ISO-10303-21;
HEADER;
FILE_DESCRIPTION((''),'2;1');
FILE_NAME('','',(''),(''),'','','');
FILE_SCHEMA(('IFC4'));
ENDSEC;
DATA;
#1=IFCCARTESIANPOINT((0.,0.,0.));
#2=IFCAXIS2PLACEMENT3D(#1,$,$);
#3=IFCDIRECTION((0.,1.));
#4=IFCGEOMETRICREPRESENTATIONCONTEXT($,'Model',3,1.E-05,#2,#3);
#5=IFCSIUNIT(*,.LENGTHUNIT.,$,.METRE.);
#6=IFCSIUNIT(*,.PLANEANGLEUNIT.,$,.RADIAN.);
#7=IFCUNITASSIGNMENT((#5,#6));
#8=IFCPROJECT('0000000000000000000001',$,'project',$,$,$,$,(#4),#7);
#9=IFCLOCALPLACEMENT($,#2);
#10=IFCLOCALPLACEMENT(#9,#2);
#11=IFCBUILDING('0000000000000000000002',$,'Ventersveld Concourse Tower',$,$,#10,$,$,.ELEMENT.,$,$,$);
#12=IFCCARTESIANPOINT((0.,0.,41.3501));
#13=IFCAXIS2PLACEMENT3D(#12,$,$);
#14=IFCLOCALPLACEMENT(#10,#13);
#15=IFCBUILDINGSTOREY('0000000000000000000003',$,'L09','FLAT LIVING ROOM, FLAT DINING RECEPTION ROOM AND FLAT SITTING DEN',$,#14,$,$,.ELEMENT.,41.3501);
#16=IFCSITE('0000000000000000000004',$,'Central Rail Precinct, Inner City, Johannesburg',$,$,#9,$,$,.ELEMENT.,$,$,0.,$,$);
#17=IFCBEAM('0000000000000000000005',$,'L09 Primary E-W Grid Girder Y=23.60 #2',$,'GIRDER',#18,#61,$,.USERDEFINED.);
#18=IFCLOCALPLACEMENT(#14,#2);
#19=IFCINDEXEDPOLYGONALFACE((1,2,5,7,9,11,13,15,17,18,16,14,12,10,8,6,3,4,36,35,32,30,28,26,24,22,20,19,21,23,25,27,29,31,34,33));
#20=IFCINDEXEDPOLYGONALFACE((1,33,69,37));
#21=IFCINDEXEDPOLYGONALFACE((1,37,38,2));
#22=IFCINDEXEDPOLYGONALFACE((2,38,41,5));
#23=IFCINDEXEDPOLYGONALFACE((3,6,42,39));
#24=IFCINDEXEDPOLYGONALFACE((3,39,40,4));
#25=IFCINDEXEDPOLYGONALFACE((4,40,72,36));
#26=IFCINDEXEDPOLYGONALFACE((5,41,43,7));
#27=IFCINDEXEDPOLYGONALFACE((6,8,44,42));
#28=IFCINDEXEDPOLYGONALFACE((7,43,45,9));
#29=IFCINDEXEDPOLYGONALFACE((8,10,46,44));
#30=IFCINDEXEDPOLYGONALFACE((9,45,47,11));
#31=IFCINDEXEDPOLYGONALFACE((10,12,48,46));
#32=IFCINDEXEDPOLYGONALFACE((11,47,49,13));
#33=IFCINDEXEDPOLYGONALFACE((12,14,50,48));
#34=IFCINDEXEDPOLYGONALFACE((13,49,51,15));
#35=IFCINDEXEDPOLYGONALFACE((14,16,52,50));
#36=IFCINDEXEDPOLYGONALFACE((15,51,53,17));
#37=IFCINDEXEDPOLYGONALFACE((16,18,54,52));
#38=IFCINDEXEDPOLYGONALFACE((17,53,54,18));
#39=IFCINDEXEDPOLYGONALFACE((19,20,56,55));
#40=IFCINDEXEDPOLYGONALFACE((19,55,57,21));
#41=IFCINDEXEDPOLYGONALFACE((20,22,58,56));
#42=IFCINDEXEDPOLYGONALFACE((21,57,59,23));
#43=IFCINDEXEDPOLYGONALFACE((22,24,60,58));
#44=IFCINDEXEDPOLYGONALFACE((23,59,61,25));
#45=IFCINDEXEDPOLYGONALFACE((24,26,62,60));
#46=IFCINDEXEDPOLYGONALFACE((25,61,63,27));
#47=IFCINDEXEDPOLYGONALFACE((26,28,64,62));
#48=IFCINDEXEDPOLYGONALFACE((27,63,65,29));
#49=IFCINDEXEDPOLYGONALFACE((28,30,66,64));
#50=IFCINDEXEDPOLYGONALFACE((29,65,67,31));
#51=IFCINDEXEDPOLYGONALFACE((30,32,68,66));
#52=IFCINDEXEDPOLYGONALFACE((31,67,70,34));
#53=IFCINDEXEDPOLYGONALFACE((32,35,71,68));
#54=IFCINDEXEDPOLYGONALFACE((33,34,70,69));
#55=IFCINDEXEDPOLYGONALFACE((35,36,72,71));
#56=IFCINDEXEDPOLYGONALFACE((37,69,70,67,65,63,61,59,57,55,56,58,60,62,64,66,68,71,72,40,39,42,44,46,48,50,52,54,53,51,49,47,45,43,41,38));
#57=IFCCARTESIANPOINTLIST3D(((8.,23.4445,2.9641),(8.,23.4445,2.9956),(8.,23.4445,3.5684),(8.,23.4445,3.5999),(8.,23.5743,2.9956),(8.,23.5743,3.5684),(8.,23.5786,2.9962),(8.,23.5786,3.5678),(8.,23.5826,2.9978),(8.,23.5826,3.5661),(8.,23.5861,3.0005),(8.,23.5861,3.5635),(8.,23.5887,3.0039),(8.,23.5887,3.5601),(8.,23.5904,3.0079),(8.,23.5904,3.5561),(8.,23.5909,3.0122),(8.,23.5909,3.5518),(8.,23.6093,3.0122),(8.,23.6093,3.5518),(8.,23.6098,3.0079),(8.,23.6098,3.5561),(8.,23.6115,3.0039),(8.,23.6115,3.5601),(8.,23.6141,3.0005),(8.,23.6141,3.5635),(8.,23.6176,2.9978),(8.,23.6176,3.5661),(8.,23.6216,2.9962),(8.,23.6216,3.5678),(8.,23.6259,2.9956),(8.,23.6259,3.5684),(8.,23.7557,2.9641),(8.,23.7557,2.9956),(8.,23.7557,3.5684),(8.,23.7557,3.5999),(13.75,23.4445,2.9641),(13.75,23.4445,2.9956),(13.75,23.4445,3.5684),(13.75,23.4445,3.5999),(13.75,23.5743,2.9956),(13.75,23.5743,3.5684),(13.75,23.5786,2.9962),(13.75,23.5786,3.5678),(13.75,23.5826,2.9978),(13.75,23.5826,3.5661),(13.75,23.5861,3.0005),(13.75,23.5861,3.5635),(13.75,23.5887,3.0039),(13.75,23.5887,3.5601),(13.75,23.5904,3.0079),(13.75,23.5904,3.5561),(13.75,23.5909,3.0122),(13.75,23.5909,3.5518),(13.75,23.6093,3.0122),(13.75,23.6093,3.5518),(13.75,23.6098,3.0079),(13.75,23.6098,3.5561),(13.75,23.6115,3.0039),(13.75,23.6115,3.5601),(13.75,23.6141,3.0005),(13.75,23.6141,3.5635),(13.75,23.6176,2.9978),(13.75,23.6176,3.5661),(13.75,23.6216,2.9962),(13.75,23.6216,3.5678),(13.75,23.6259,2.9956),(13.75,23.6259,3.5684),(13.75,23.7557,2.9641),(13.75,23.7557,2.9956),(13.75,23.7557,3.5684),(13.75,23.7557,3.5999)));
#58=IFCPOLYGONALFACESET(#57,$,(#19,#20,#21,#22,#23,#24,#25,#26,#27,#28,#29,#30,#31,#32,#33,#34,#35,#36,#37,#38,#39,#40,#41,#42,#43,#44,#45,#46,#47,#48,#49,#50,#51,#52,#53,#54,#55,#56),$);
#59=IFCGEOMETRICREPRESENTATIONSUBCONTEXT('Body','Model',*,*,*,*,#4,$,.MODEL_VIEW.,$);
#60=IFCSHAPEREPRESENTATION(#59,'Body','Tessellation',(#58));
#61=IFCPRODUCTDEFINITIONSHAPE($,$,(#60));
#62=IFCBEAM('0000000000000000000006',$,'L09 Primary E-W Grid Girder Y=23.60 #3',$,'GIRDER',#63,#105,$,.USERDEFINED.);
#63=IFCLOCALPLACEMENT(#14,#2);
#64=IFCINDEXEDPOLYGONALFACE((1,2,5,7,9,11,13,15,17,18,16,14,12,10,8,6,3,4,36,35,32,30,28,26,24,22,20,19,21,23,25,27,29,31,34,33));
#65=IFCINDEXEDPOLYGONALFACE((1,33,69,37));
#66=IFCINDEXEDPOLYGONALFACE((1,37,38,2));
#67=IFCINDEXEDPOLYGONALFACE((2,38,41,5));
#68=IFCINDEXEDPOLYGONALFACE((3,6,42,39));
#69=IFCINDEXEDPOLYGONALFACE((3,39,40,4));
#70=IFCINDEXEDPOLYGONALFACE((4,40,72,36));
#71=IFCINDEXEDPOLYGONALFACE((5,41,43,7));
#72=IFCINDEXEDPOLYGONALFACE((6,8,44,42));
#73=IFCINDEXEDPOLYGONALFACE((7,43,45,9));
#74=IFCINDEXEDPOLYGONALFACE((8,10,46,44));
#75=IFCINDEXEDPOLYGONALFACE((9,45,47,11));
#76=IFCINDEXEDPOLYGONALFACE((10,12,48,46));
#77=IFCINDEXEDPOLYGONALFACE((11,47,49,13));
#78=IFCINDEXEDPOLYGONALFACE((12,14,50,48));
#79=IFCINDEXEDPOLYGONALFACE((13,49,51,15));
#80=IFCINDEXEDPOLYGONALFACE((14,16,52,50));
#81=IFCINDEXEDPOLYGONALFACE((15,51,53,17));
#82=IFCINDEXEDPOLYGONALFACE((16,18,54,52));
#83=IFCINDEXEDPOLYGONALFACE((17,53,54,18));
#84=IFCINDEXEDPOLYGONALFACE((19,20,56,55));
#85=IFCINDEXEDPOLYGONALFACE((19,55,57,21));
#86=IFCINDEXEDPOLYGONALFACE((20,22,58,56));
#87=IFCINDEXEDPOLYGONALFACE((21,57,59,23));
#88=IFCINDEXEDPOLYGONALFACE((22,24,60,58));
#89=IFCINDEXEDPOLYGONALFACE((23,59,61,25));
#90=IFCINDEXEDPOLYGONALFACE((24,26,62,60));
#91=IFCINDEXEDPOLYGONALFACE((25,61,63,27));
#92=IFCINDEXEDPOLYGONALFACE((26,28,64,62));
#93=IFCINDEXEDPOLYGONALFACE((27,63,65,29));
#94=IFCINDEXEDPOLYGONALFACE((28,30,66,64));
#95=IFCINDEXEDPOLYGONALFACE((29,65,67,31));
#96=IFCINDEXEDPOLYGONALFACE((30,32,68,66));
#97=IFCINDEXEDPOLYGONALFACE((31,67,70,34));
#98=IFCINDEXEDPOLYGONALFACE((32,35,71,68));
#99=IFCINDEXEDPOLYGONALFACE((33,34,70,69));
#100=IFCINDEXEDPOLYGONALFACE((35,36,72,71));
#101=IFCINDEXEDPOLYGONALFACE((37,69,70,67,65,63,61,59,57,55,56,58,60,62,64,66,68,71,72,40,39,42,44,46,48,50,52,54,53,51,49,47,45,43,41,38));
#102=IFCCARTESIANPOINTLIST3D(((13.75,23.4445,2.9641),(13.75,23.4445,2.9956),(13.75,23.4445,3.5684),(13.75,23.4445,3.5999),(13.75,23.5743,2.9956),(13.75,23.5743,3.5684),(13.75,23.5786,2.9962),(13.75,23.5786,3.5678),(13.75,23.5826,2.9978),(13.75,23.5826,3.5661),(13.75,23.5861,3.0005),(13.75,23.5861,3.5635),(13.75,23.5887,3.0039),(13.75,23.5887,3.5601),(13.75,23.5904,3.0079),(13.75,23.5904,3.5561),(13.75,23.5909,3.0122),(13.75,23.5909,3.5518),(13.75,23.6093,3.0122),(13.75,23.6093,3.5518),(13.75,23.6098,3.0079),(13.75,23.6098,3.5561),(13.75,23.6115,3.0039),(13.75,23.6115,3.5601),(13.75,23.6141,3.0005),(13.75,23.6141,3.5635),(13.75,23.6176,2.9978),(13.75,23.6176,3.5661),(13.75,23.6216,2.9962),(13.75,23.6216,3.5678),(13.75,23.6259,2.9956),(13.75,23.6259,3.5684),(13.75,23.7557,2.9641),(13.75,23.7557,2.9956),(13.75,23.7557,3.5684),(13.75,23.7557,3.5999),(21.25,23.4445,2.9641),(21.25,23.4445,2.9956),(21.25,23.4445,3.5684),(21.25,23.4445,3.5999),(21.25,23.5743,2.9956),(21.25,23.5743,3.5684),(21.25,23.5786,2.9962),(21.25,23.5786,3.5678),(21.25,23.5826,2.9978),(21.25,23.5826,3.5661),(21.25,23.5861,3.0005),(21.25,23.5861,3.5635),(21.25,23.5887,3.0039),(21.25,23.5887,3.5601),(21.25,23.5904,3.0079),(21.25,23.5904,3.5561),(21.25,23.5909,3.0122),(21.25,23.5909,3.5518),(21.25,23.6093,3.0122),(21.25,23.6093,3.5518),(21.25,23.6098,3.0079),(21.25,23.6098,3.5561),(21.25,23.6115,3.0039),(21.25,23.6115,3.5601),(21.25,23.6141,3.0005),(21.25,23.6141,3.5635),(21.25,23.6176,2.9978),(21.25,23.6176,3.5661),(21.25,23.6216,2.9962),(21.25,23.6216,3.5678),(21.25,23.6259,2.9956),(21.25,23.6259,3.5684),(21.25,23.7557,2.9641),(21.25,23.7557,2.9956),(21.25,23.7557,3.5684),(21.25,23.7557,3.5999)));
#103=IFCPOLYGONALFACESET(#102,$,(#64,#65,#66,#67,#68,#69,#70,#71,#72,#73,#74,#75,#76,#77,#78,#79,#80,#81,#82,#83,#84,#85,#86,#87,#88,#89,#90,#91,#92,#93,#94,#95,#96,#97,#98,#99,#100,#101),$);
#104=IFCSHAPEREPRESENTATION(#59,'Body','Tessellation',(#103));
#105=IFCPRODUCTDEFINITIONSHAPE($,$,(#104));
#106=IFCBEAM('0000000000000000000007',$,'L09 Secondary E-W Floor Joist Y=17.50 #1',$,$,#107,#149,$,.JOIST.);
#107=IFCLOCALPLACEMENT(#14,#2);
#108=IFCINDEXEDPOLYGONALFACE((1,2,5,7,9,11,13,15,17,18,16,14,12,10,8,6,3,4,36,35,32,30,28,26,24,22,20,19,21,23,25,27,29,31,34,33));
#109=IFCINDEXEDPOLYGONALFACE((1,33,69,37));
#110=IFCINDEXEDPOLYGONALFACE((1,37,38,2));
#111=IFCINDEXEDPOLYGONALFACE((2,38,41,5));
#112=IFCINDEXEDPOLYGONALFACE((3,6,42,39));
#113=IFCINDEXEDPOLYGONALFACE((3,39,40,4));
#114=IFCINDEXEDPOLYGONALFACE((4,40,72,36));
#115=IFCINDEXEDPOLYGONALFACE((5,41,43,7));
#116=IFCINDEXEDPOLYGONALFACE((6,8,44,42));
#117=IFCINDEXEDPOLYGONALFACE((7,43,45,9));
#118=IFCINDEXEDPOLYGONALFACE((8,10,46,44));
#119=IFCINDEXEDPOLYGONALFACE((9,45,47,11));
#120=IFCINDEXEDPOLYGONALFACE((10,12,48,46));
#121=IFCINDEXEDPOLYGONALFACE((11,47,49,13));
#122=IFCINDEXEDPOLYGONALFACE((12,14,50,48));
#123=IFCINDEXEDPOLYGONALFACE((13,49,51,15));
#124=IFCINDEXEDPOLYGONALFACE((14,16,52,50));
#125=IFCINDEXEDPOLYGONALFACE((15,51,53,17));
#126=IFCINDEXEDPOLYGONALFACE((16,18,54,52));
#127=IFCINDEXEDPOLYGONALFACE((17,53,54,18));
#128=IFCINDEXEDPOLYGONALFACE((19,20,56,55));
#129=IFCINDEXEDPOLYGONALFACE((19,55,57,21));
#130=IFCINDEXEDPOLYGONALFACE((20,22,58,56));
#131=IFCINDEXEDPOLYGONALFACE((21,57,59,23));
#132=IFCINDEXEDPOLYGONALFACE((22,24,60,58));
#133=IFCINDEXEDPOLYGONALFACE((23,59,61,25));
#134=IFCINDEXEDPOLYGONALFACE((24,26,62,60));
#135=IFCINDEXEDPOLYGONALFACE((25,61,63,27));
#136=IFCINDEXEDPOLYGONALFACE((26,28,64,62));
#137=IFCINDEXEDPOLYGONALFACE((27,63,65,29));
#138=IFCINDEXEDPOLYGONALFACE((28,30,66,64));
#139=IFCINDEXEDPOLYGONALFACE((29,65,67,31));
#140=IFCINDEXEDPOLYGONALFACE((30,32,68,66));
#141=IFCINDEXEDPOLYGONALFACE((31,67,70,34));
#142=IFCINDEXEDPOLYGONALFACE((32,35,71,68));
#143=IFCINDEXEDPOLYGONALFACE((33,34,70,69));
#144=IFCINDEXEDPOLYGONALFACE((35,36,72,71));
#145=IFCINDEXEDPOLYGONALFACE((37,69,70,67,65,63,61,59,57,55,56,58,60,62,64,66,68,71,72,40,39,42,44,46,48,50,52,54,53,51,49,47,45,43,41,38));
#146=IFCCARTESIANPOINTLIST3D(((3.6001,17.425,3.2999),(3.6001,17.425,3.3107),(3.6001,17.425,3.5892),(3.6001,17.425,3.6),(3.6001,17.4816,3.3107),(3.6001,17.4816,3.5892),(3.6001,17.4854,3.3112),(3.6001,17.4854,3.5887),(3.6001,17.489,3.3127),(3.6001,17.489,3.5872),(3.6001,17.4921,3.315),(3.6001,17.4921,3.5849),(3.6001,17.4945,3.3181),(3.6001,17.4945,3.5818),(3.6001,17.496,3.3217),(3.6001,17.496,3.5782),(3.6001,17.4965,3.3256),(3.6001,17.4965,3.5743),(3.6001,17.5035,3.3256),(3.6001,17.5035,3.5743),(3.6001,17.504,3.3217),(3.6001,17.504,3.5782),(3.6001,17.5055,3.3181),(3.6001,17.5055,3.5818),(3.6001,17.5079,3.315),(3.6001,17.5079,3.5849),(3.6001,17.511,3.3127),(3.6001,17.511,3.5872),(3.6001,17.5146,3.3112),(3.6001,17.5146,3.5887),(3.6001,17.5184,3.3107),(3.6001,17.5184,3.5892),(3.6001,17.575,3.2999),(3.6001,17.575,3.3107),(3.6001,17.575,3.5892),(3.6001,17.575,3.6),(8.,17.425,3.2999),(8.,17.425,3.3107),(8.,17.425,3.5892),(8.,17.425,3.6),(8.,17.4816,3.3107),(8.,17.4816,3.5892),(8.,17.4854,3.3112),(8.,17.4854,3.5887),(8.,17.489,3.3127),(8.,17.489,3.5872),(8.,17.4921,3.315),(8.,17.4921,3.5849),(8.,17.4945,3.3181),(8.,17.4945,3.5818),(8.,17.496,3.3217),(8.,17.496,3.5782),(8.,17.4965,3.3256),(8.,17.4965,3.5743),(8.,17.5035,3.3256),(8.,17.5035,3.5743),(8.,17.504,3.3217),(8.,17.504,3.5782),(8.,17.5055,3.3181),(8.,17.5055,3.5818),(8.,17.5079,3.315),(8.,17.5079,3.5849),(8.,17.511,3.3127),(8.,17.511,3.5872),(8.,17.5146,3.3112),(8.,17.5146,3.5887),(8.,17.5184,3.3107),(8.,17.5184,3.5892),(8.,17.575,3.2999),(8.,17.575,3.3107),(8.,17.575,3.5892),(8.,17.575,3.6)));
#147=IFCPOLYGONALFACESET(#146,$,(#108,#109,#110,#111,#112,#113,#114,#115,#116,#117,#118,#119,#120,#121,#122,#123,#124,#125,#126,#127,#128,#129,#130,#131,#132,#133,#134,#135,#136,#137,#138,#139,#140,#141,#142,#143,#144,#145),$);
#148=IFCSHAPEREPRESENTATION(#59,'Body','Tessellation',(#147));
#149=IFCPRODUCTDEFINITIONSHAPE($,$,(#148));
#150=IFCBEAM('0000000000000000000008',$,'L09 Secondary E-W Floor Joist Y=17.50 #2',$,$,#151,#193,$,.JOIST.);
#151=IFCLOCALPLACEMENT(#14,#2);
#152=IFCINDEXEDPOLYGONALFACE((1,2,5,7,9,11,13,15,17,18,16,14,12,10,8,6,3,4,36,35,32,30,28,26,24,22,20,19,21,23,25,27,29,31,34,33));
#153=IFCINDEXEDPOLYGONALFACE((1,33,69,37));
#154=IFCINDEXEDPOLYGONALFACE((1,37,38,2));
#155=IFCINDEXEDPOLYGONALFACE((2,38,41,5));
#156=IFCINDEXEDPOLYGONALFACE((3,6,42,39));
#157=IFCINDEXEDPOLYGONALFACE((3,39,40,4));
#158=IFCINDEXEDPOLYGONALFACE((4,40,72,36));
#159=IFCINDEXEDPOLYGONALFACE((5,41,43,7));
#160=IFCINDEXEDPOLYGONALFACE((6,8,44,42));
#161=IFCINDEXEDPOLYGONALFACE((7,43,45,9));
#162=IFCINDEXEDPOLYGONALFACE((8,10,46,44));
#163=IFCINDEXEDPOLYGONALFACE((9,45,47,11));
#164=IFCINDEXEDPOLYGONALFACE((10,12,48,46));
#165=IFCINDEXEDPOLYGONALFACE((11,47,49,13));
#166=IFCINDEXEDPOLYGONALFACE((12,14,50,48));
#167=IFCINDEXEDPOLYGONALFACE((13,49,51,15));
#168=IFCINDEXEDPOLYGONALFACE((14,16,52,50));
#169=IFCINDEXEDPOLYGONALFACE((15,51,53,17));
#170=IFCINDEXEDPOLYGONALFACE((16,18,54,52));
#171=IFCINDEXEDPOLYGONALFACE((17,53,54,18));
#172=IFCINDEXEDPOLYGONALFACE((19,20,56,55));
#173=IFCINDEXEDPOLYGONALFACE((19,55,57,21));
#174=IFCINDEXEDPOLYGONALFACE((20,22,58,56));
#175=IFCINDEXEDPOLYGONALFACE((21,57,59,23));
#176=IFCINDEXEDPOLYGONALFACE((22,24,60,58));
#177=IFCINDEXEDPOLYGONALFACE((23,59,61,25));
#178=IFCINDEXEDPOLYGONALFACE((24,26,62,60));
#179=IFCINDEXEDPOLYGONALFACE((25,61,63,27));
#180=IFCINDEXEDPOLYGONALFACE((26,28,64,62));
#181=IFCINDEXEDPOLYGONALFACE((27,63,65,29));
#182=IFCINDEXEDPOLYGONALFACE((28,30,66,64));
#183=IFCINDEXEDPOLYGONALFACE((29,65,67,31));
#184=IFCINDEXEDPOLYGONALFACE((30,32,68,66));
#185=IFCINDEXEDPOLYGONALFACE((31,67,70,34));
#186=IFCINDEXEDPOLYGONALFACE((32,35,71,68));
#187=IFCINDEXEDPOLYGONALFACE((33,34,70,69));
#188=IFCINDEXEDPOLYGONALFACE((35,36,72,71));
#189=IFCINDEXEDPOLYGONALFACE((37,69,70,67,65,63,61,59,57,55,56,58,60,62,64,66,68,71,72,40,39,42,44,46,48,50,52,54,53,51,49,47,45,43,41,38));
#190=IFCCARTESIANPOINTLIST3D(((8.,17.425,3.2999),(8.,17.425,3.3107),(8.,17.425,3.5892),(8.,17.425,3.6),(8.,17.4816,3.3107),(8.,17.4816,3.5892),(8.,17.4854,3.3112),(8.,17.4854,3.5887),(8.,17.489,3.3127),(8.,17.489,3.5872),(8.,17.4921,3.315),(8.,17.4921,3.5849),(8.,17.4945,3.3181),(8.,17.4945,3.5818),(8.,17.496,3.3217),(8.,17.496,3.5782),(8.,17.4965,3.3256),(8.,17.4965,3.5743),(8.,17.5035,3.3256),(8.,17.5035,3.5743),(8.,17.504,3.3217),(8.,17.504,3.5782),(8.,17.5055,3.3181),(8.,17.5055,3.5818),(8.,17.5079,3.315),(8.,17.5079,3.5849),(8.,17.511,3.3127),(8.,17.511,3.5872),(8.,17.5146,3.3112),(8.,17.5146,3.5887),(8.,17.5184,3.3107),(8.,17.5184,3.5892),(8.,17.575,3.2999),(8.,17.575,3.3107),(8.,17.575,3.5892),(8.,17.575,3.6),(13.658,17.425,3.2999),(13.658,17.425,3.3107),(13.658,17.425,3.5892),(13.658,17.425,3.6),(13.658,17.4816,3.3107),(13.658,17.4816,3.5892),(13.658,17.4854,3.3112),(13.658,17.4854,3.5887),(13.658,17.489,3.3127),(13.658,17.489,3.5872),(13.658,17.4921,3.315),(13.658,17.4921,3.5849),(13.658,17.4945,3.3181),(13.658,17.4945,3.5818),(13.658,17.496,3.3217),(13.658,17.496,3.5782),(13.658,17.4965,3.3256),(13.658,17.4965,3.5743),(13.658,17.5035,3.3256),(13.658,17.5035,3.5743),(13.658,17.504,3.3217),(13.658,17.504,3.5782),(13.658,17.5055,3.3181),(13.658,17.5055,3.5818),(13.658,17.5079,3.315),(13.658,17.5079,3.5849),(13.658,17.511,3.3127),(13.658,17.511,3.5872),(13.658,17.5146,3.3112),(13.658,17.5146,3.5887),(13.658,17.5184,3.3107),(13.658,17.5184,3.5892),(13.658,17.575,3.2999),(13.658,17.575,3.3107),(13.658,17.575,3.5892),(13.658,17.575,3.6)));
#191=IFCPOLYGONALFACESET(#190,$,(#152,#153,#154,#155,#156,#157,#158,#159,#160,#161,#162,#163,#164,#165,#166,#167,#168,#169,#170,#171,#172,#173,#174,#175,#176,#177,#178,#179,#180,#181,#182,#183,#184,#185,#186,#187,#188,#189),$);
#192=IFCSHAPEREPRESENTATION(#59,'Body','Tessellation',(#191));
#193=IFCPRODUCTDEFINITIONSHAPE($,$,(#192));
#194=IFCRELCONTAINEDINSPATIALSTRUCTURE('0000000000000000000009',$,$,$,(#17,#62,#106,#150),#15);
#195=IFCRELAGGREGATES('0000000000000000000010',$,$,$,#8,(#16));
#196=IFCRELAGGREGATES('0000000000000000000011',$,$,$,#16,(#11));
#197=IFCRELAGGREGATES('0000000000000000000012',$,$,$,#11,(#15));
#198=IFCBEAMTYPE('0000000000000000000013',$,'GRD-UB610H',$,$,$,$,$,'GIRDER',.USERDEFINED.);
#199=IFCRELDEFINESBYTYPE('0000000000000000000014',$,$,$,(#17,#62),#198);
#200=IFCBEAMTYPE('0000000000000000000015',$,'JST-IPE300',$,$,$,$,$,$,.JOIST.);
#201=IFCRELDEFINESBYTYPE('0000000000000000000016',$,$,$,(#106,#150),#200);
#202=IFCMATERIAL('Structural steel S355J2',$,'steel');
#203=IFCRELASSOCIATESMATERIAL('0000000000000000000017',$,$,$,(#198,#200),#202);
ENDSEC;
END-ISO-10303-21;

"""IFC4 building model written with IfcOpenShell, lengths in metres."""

from ifc_helpers import new_model, si_unit, direction, frame, origin, origin_2d, place, context, subcontext, project, spatial, i_section, extrude, material, material_profile, profile_set, type_object, element, save


model = new_model("IFC4")

# Units and contexts
model_context = context("Model", 3, precision=1e-05, world=origin(), true_north=direction((0.0, 1.0)))
body_context = subcontext(model_context, "Body", "Model", "MODEL_VIEW")
ifc_project = project(units=[si_unit("LENGTHUNIT", "METRE"), si_unit("PLANEANGLEUNIT", "RADIAN")], contexts=[model_context])

# Site, building, storey
site_placement = place(None, origin())
site = spatial("IfcSite", under=ifc_project, at=site_placement, Name="Central Rail Precinct, Inner City, Johannesburg", CompositionType="ELEMENT", RefElevation=0.0)
building_placement = place(site_placement, origin())
building = spatial("IfcBuilding", under=site, at=building_placement, Name="Ventersveld Concourse Tower", CompositionType="ELEMENT")
storey_placement = place(building_placement, frame((0.0, 0.0, 41.3501)))
storey = spatial("IfcBuildingStorey", under=building, at=storey_placement, Name="L09", Description="FLAT LIVING ROOM, FLAT DINING RECEPTION ROOM AND FLAT SITTING DEN", CompositionType="ELEMENT", Elevation=41.3501)

# Beams
ifc_material_1 = material(Name="Structural steel S355J2", Category="steel")
ifc_material_profile_1 = material_profile(ifc_material_1, i_section(OverallWidth=0.3113, OverallDepth=0.6357, WebThickness=0.0183, FlangeThickness=0.0315, FilletRadius=0.0166, at=origin_2d()), Name="UB 610x305x238")
ifc_profile_set_1 = profile_set([ifc_material_profile_1], Name="Structural steel S355J2")
beam_type_1 = type_object("IfcBeamType", Name="GRD-UB610H", ElementType="GIRDER", PredefinedType="USERDEFINED", material=ifc_profile_set_1)
beam_1_placement = place(storey_placement, frame((8.0, 23.6001, 3.282), z_axis=(1.0, 0.0, 0.0), x_axis=(0.0, 1.0, 0.0)))
element("IfcBeam", 1, at=beam_1_placement, inside=storey, type_object=beam_type_1, Name="L09 Primary E-W Grid Girder Y=23.60 #2", ObjectType="GIRDER", PredefinedType="USERDEFINED", context=body_context, shape_type="SweptSolid", body=[
    extrude(i_section(OverallWidth=0.3113, OverallDepth=0.6357, WebThickness=0.0183, FlangeThickness=0.0315, FilletRadius=0.0166, at=origin_2d()), origin(), (0.0, 0.0, 1.0), 5.75),
])
beam_2_placement = place(storey_placement, frame((13.75, 23.6001, 3.282), z_axis=(1.0, 0.0, 0.0), x_axis=(0.0, 1.0, 0.0)))
element("IfcBeam", 2, at=beam_2_placement, inside=storey, type_object=beam_type_1, Name="L09 Primary E-W Grid Girder Y=23.60 #3", ObjectType="GIRDER", PredefinedType="USERDEFINED", context=body_context, shape_type="SweptSolid", body=[
    extrude(i_section(OverallWidth=0.3113, OverallDepth=0.6357, WebThickness=0.0183, FlangeThickness=0.0315, FilletRadius=0.0166, at=origin_2d()), origin(), (0.0, 0.0, 1.0), 7.5),
])
ifc_material_profile_2 = material_profile(ifc_material_1, i_section(OverallWidth=0.1499, OverallDepth=0.3, WebThickness=0.0071, FlangeThickness=0.0107, FilletRadius=0.0149, at=origin_2d()), Name="IPE 300")
ifc_profile_set_2 = profile_set([ifc_material_profile_2], Name="Structural steel S355J2")
beam_type_2 = type_object("IfcBeamType", Name="JST-IPE300", PredefinedType="JOIST", material=ifc_profile_set_2)
beam_3_placement = place(storey_placement, frame((3.6001, 17.5, 3.45), z_axis=(1.0, 0.0, 0.0), x_axis=(0.0, 1.0, 0.0)))
element("IfcBeam", 3, at=beam_3_placement, inside=storey, type_object=beam_type_2, Name="L09 Secondary E-W Floor Joist Y=17.50 #1", PredefinedType="JOIST", context=body_context, shape_type="SweptSolid", body=[
    extrude(i_section(OverallWidth=0.1499, OverallDepth=0.3, WebThickness=0.0071, FlangeThickness=0.0107, FilletRadius=0.0149, at=origin_2d()), origin(), (0.0, 0.0, 1.0), 4.3999),
])
beam_4_placement = place(storey_placement, frame((8.0, 17.5, 3.45), z_axis=(1.0, 0.0, 0.0), x_axis=(0.0, 1.0, 0.0)))
element("IfcBeam", 4, at=beam_4_placement, inside=storey, type_object=beam_type_2, Name="L09 Secondary E-W Floor Joist Y=17.50 #2", PredefinedType="JOIST", context=body_context, shape_type="SweptSolid", body=[
    extrude(i_section(OverallWidth=0.1499, OverallDepth=0.3, WebThickness=0.0071, FlangeThickness=0.0107, FilletRadius=0.0149, at=origin_2d()), origin(), (0.0, 0.0, 1.0), 5.658),
])

save(model, "model.ifc")
